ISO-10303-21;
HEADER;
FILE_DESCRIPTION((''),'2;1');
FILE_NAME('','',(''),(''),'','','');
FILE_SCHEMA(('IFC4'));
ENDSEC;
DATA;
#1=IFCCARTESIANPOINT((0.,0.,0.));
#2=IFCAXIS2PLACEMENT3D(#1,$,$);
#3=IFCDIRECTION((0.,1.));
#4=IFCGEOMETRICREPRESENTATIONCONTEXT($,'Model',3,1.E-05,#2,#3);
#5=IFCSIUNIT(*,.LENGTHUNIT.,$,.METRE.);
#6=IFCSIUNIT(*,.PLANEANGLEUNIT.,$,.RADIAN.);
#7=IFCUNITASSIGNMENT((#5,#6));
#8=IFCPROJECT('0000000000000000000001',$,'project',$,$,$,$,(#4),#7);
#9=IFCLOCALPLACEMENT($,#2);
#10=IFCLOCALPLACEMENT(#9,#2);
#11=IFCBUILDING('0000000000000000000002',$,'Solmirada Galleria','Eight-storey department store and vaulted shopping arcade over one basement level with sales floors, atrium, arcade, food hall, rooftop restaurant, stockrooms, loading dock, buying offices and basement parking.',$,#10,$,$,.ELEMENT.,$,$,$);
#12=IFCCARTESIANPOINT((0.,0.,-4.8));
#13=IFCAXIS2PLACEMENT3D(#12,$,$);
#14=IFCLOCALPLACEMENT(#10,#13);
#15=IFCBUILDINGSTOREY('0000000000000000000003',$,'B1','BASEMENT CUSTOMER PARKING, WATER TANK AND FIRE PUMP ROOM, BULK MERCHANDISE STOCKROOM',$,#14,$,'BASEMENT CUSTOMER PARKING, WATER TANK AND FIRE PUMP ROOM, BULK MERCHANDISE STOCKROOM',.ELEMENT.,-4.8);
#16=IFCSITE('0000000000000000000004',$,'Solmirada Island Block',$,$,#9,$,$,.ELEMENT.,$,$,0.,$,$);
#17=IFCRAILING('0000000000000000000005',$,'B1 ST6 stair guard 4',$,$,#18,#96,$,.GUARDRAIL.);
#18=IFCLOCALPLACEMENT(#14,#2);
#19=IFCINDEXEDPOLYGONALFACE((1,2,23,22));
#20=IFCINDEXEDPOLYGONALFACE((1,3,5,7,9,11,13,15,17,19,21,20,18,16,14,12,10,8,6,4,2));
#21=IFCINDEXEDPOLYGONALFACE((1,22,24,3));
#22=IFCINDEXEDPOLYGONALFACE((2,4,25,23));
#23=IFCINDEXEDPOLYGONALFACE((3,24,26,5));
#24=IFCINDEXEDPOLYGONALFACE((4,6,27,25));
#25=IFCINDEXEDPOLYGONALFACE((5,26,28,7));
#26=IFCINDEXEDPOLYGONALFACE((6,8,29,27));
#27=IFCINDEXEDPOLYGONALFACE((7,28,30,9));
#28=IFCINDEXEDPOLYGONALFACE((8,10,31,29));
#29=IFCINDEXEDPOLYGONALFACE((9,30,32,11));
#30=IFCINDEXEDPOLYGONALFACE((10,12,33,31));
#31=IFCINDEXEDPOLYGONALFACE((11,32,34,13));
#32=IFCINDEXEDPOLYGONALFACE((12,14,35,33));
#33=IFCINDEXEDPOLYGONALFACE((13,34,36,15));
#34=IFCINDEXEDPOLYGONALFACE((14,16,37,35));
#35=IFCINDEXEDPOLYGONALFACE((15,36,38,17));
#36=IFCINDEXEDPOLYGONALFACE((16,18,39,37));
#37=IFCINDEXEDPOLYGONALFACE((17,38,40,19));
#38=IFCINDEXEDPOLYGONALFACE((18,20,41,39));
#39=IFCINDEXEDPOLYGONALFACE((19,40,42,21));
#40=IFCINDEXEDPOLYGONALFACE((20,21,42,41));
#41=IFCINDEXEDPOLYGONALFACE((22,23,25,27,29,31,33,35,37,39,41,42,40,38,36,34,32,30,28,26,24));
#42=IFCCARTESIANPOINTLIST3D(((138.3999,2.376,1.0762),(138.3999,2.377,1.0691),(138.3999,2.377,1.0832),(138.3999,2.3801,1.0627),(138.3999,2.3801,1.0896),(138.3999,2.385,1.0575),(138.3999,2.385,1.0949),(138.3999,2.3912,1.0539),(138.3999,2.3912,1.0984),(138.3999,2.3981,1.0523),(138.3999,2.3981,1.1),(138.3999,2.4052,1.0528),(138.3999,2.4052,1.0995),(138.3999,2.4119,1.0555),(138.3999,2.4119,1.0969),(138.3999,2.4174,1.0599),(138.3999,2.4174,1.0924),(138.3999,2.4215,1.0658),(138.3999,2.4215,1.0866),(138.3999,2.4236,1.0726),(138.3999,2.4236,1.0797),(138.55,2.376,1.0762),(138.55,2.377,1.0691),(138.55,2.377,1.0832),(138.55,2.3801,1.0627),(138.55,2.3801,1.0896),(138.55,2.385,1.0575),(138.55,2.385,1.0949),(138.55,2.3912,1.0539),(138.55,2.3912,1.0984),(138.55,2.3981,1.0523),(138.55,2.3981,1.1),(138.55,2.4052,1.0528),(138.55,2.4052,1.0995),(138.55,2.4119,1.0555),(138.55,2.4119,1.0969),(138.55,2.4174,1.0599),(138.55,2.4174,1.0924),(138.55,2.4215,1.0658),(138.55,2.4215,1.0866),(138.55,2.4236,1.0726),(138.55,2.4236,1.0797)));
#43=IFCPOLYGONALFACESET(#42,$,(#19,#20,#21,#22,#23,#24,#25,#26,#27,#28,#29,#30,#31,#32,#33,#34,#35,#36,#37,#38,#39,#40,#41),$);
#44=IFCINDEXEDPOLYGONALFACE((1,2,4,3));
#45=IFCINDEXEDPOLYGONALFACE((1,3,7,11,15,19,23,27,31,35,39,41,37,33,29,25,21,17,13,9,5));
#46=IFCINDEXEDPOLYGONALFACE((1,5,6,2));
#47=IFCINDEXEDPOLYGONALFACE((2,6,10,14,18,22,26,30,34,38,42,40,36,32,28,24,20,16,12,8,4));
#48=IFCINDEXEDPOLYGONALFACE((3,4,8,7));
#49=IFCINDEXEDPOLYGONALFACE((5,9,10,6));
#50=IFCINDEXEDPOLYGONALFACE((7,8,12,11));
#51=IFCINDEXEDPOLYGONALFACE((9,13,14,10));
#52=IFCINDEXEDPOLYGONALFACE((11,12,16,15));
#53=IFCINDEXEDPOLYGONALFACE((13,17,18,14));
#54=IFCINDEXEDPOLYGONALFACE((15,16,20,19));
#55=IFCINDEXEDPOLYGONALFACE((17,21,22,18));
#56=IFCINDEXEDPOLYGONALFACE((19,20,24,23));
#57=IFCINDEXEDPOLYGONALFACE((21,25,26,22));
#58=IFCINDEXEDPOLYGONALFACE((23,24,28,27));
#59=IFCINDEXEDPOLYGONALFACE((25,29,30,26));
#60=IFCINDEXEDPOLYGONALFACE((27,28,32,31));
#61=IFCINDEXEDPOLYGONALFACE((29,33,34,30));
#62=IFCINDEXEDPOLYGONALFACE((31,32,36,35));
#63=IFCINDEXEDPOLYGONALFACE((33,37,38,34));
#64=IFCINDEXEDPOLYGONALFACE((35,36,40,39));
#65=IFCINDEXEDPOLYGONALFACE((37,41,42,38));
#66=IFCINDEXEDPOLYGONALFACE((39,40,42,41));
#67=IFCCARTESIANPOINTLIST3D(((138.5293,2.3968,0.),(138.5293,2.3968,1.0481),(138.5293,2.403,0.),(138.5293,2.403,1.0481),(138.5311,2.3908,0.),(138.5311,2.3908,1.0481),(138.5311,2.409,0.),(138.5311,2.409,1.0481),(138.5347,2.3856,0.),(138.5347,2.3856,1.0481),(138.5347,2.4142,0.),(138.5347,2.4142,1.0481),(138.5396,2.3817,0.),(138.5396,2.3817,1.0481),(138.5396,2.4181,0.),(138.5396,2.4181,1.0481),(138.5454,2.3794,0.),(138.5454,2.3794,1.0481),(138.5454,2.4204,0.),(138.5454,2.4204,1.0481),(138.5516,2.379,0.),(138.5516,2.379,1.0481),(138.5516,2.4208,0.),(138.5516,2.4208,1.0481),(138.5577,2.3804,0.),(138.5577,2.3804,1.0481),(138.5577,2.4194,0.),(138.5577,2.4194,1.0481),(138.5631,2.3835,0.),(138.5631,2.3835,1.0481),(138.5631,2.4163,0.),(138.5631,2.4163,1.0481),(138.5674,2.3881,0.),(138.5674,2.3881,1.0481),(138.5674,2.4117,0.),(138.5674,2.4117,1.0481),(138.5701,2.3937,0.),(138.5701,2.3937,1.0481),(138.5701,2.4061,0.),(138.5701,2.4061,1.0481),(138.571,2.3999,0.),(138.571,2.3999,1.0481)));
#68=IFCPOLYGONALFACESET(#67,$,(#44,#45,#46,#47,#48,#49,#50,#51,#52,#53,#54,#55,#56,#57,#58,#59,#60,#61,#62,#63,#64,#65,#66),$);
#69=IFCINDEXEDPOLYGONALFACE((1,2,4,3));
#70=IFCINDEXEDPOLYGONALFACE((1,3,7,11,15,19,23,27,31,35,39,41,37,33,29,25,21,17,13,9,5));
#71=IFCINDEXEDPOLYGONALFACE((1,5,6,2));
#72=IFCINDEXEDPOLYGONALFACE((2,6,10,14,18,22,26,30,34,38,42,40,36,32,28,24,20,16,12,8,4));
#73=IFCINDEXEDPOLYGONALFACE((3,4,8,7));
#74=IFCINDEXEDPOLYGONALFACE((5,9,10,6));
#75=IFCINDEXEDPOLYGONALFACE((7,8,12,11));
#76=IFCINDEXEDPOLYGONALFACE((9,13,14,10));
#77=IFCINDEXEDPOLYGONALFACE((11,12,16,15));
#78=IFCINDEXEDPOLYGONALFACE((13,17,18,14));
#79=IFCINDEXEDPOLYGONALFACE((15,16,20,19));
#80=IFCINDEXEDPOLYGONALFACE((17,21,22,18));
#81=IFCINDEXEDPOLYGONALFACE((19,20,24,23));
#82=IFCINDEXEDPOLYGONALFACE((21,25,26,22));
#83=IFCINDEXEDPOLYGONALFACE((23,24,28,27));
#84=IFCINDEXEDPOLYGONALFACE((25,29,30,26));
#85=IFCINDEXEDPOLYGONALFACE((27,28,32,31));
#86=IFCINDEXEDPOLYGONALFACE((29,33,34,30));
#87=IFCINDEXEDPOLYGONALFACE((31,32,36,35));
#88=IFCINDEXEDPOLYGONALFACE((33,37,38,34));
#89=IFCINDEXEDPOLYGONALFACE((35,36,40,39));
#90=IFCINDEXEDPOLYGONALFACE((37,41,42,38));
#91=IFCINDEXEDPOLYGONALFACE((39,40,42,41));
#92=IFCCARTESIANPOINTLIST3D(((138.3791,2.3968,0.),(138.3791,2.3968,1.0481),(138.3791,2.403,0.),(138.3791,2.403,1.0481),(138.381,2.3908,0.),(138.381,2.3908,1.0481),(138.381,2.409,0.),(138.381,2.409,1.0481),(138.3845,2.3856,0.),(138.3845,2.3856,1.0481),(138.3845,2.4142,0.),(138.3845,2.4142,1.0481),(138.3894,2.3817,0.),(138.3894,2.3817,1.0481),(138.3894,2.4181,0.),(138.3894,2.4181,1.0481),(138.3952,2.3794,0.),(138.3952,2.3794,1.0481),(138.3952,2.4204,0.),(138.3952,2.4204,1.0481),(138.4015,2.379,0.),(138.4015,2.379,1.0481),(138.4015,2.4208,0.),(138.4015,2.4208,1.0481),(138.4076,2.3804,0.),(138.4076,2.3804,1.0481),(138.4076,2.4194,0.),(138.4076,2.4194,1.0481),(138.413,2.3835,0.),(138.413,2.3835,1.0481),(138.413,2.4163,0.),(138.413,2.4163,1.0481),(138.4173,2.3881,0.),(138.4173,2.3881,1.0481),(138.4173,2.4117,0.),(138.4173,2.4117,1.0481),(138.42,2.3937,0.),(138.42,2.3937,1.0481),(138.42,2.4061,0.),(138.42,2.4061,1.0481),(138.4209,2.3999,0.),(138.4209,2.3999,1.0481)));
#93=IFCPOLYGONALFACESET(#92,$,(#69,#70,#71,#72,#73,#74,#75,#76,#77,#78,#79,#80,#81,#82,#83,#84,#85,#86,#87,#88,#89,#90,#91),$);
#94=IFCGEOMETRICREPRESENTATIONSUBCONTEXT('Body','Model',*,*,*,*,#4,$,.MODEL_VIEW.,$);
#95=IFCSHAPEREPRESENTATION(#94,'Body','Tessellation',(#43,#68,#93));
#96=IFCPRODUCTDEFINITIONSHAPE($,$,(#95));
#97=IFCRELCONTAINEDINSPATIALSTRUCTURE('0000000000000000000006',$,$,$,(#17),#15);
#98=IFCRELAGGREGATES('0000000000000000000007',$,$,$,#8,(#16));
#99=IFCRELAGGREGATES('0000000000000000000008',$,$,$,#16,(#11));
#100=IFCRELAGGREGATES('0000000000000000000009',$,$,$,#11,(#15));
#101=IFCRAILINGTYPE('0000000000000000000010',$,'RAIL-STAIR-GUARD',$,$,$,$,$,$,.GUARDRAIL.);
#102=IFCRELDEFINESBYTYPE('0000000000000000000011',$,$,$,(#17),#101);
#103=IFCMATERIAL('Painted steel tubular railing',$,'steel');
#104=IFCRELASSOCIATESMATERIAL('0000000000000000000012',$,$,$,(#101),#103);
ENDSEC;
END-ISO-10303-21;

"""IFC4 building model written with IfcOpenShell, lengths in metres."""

from ifc_helpers import new_model, si_unit, direction, frame, origin, origin_2d, place, context, subcontext, project, spatial, circle, extrude, material, type_object, element, save


model = new_model("IFC4")

# Units and contexts
model_context = context("Model", 3, precision=1e-05, world=origin(), true_north=direction((0.0, 1.0)))
body_context = subcontext(model_context, "Body", "Model", "MODEL_VIEW")
ifc_project = project(units=[si_unit("LENGTHUNIT", "METRE"), si_unit("PLANEANGLEUNIT", "RADIAN")], contexts=[model_context])

# Site, building, storey
site_placement = place(None, origin())
site = spatial("IfcSite", under=ifc_project, at=site_placement, Name="Solmirada Island Block", CompositionType="ELEMENT", RefElevation=0.0)
building_placement = place(site_placement, origin())
building = spatial("IfcBuilding", under=site, at=building_placement, Name="Solmirada Galleria", Description="Eight-storey department store and vaulted shopping arcade over one basement level with sales floors, atrium, arcade, food hall, rooftop restaurant, stockrooms, loading dock, buying offices and basement parking.", CompositionType="ELEMENT")
storey_placement = place(building_placement, frame((0.0, 0.0, -4.8)))
storey = spatial("IfcBuildingStorey", under=building, at=storey_placement, Name="B1", Description="BASEMENT CUSTOMER PARKING, WATER TANK AND FIRE PUMP ROOM, BULK MERCHANDISE STOCKROOM", LongName="BASEMENT CUSTOMER PARKING, WATER TANK AND FIRE PUMP ROOM, BULK MERCHANDISE STOCKROOM", CompositionType="ELEMENT", Elevation=-4.8)

# Railing
ifc_material_1 = material(Name="Painted steel tubular railing", Category="steel")
railing_type_1 = type_object("IfcRailingType", Name="RAIL-STAIR-GUARD", PredefinedType="GUARDRAIL", material=ifc_material_1)
railing_1_placement = place(storey_placement, frame((138.55, 2.3999, 0.0)))
element("IfcRailing", 1, at=railing_1_placement, inside=storey, type_object=railing_type_1, Name="B1 ST6 stair guard 4", PredefinedType="GUARDRAIL", context=body_context, shape_type="SweptSolid", body=[
    extrude(circle(Radius=0.0239, at=origin_2d()), frame((0.0, 0.0, 1.0762), z_axis=(-1.0, 0.0, 0.0), x_axis=(0.0, -1.0, 0.0)), (0.0, 0.0, 1.0), 0.1501),
    extrude(circle(Radius=0.021, at=origin_2d()), origin(), (0.0, 0.0, 1.0), 1.0481),
    extrude(circle(Radius=0.021, at=origin_2d()), frame((-0.1501, 0.0, 0.0)), (0.0, 0.0, 1.0), 1.0481),
])

save(model, "model.ifc")
